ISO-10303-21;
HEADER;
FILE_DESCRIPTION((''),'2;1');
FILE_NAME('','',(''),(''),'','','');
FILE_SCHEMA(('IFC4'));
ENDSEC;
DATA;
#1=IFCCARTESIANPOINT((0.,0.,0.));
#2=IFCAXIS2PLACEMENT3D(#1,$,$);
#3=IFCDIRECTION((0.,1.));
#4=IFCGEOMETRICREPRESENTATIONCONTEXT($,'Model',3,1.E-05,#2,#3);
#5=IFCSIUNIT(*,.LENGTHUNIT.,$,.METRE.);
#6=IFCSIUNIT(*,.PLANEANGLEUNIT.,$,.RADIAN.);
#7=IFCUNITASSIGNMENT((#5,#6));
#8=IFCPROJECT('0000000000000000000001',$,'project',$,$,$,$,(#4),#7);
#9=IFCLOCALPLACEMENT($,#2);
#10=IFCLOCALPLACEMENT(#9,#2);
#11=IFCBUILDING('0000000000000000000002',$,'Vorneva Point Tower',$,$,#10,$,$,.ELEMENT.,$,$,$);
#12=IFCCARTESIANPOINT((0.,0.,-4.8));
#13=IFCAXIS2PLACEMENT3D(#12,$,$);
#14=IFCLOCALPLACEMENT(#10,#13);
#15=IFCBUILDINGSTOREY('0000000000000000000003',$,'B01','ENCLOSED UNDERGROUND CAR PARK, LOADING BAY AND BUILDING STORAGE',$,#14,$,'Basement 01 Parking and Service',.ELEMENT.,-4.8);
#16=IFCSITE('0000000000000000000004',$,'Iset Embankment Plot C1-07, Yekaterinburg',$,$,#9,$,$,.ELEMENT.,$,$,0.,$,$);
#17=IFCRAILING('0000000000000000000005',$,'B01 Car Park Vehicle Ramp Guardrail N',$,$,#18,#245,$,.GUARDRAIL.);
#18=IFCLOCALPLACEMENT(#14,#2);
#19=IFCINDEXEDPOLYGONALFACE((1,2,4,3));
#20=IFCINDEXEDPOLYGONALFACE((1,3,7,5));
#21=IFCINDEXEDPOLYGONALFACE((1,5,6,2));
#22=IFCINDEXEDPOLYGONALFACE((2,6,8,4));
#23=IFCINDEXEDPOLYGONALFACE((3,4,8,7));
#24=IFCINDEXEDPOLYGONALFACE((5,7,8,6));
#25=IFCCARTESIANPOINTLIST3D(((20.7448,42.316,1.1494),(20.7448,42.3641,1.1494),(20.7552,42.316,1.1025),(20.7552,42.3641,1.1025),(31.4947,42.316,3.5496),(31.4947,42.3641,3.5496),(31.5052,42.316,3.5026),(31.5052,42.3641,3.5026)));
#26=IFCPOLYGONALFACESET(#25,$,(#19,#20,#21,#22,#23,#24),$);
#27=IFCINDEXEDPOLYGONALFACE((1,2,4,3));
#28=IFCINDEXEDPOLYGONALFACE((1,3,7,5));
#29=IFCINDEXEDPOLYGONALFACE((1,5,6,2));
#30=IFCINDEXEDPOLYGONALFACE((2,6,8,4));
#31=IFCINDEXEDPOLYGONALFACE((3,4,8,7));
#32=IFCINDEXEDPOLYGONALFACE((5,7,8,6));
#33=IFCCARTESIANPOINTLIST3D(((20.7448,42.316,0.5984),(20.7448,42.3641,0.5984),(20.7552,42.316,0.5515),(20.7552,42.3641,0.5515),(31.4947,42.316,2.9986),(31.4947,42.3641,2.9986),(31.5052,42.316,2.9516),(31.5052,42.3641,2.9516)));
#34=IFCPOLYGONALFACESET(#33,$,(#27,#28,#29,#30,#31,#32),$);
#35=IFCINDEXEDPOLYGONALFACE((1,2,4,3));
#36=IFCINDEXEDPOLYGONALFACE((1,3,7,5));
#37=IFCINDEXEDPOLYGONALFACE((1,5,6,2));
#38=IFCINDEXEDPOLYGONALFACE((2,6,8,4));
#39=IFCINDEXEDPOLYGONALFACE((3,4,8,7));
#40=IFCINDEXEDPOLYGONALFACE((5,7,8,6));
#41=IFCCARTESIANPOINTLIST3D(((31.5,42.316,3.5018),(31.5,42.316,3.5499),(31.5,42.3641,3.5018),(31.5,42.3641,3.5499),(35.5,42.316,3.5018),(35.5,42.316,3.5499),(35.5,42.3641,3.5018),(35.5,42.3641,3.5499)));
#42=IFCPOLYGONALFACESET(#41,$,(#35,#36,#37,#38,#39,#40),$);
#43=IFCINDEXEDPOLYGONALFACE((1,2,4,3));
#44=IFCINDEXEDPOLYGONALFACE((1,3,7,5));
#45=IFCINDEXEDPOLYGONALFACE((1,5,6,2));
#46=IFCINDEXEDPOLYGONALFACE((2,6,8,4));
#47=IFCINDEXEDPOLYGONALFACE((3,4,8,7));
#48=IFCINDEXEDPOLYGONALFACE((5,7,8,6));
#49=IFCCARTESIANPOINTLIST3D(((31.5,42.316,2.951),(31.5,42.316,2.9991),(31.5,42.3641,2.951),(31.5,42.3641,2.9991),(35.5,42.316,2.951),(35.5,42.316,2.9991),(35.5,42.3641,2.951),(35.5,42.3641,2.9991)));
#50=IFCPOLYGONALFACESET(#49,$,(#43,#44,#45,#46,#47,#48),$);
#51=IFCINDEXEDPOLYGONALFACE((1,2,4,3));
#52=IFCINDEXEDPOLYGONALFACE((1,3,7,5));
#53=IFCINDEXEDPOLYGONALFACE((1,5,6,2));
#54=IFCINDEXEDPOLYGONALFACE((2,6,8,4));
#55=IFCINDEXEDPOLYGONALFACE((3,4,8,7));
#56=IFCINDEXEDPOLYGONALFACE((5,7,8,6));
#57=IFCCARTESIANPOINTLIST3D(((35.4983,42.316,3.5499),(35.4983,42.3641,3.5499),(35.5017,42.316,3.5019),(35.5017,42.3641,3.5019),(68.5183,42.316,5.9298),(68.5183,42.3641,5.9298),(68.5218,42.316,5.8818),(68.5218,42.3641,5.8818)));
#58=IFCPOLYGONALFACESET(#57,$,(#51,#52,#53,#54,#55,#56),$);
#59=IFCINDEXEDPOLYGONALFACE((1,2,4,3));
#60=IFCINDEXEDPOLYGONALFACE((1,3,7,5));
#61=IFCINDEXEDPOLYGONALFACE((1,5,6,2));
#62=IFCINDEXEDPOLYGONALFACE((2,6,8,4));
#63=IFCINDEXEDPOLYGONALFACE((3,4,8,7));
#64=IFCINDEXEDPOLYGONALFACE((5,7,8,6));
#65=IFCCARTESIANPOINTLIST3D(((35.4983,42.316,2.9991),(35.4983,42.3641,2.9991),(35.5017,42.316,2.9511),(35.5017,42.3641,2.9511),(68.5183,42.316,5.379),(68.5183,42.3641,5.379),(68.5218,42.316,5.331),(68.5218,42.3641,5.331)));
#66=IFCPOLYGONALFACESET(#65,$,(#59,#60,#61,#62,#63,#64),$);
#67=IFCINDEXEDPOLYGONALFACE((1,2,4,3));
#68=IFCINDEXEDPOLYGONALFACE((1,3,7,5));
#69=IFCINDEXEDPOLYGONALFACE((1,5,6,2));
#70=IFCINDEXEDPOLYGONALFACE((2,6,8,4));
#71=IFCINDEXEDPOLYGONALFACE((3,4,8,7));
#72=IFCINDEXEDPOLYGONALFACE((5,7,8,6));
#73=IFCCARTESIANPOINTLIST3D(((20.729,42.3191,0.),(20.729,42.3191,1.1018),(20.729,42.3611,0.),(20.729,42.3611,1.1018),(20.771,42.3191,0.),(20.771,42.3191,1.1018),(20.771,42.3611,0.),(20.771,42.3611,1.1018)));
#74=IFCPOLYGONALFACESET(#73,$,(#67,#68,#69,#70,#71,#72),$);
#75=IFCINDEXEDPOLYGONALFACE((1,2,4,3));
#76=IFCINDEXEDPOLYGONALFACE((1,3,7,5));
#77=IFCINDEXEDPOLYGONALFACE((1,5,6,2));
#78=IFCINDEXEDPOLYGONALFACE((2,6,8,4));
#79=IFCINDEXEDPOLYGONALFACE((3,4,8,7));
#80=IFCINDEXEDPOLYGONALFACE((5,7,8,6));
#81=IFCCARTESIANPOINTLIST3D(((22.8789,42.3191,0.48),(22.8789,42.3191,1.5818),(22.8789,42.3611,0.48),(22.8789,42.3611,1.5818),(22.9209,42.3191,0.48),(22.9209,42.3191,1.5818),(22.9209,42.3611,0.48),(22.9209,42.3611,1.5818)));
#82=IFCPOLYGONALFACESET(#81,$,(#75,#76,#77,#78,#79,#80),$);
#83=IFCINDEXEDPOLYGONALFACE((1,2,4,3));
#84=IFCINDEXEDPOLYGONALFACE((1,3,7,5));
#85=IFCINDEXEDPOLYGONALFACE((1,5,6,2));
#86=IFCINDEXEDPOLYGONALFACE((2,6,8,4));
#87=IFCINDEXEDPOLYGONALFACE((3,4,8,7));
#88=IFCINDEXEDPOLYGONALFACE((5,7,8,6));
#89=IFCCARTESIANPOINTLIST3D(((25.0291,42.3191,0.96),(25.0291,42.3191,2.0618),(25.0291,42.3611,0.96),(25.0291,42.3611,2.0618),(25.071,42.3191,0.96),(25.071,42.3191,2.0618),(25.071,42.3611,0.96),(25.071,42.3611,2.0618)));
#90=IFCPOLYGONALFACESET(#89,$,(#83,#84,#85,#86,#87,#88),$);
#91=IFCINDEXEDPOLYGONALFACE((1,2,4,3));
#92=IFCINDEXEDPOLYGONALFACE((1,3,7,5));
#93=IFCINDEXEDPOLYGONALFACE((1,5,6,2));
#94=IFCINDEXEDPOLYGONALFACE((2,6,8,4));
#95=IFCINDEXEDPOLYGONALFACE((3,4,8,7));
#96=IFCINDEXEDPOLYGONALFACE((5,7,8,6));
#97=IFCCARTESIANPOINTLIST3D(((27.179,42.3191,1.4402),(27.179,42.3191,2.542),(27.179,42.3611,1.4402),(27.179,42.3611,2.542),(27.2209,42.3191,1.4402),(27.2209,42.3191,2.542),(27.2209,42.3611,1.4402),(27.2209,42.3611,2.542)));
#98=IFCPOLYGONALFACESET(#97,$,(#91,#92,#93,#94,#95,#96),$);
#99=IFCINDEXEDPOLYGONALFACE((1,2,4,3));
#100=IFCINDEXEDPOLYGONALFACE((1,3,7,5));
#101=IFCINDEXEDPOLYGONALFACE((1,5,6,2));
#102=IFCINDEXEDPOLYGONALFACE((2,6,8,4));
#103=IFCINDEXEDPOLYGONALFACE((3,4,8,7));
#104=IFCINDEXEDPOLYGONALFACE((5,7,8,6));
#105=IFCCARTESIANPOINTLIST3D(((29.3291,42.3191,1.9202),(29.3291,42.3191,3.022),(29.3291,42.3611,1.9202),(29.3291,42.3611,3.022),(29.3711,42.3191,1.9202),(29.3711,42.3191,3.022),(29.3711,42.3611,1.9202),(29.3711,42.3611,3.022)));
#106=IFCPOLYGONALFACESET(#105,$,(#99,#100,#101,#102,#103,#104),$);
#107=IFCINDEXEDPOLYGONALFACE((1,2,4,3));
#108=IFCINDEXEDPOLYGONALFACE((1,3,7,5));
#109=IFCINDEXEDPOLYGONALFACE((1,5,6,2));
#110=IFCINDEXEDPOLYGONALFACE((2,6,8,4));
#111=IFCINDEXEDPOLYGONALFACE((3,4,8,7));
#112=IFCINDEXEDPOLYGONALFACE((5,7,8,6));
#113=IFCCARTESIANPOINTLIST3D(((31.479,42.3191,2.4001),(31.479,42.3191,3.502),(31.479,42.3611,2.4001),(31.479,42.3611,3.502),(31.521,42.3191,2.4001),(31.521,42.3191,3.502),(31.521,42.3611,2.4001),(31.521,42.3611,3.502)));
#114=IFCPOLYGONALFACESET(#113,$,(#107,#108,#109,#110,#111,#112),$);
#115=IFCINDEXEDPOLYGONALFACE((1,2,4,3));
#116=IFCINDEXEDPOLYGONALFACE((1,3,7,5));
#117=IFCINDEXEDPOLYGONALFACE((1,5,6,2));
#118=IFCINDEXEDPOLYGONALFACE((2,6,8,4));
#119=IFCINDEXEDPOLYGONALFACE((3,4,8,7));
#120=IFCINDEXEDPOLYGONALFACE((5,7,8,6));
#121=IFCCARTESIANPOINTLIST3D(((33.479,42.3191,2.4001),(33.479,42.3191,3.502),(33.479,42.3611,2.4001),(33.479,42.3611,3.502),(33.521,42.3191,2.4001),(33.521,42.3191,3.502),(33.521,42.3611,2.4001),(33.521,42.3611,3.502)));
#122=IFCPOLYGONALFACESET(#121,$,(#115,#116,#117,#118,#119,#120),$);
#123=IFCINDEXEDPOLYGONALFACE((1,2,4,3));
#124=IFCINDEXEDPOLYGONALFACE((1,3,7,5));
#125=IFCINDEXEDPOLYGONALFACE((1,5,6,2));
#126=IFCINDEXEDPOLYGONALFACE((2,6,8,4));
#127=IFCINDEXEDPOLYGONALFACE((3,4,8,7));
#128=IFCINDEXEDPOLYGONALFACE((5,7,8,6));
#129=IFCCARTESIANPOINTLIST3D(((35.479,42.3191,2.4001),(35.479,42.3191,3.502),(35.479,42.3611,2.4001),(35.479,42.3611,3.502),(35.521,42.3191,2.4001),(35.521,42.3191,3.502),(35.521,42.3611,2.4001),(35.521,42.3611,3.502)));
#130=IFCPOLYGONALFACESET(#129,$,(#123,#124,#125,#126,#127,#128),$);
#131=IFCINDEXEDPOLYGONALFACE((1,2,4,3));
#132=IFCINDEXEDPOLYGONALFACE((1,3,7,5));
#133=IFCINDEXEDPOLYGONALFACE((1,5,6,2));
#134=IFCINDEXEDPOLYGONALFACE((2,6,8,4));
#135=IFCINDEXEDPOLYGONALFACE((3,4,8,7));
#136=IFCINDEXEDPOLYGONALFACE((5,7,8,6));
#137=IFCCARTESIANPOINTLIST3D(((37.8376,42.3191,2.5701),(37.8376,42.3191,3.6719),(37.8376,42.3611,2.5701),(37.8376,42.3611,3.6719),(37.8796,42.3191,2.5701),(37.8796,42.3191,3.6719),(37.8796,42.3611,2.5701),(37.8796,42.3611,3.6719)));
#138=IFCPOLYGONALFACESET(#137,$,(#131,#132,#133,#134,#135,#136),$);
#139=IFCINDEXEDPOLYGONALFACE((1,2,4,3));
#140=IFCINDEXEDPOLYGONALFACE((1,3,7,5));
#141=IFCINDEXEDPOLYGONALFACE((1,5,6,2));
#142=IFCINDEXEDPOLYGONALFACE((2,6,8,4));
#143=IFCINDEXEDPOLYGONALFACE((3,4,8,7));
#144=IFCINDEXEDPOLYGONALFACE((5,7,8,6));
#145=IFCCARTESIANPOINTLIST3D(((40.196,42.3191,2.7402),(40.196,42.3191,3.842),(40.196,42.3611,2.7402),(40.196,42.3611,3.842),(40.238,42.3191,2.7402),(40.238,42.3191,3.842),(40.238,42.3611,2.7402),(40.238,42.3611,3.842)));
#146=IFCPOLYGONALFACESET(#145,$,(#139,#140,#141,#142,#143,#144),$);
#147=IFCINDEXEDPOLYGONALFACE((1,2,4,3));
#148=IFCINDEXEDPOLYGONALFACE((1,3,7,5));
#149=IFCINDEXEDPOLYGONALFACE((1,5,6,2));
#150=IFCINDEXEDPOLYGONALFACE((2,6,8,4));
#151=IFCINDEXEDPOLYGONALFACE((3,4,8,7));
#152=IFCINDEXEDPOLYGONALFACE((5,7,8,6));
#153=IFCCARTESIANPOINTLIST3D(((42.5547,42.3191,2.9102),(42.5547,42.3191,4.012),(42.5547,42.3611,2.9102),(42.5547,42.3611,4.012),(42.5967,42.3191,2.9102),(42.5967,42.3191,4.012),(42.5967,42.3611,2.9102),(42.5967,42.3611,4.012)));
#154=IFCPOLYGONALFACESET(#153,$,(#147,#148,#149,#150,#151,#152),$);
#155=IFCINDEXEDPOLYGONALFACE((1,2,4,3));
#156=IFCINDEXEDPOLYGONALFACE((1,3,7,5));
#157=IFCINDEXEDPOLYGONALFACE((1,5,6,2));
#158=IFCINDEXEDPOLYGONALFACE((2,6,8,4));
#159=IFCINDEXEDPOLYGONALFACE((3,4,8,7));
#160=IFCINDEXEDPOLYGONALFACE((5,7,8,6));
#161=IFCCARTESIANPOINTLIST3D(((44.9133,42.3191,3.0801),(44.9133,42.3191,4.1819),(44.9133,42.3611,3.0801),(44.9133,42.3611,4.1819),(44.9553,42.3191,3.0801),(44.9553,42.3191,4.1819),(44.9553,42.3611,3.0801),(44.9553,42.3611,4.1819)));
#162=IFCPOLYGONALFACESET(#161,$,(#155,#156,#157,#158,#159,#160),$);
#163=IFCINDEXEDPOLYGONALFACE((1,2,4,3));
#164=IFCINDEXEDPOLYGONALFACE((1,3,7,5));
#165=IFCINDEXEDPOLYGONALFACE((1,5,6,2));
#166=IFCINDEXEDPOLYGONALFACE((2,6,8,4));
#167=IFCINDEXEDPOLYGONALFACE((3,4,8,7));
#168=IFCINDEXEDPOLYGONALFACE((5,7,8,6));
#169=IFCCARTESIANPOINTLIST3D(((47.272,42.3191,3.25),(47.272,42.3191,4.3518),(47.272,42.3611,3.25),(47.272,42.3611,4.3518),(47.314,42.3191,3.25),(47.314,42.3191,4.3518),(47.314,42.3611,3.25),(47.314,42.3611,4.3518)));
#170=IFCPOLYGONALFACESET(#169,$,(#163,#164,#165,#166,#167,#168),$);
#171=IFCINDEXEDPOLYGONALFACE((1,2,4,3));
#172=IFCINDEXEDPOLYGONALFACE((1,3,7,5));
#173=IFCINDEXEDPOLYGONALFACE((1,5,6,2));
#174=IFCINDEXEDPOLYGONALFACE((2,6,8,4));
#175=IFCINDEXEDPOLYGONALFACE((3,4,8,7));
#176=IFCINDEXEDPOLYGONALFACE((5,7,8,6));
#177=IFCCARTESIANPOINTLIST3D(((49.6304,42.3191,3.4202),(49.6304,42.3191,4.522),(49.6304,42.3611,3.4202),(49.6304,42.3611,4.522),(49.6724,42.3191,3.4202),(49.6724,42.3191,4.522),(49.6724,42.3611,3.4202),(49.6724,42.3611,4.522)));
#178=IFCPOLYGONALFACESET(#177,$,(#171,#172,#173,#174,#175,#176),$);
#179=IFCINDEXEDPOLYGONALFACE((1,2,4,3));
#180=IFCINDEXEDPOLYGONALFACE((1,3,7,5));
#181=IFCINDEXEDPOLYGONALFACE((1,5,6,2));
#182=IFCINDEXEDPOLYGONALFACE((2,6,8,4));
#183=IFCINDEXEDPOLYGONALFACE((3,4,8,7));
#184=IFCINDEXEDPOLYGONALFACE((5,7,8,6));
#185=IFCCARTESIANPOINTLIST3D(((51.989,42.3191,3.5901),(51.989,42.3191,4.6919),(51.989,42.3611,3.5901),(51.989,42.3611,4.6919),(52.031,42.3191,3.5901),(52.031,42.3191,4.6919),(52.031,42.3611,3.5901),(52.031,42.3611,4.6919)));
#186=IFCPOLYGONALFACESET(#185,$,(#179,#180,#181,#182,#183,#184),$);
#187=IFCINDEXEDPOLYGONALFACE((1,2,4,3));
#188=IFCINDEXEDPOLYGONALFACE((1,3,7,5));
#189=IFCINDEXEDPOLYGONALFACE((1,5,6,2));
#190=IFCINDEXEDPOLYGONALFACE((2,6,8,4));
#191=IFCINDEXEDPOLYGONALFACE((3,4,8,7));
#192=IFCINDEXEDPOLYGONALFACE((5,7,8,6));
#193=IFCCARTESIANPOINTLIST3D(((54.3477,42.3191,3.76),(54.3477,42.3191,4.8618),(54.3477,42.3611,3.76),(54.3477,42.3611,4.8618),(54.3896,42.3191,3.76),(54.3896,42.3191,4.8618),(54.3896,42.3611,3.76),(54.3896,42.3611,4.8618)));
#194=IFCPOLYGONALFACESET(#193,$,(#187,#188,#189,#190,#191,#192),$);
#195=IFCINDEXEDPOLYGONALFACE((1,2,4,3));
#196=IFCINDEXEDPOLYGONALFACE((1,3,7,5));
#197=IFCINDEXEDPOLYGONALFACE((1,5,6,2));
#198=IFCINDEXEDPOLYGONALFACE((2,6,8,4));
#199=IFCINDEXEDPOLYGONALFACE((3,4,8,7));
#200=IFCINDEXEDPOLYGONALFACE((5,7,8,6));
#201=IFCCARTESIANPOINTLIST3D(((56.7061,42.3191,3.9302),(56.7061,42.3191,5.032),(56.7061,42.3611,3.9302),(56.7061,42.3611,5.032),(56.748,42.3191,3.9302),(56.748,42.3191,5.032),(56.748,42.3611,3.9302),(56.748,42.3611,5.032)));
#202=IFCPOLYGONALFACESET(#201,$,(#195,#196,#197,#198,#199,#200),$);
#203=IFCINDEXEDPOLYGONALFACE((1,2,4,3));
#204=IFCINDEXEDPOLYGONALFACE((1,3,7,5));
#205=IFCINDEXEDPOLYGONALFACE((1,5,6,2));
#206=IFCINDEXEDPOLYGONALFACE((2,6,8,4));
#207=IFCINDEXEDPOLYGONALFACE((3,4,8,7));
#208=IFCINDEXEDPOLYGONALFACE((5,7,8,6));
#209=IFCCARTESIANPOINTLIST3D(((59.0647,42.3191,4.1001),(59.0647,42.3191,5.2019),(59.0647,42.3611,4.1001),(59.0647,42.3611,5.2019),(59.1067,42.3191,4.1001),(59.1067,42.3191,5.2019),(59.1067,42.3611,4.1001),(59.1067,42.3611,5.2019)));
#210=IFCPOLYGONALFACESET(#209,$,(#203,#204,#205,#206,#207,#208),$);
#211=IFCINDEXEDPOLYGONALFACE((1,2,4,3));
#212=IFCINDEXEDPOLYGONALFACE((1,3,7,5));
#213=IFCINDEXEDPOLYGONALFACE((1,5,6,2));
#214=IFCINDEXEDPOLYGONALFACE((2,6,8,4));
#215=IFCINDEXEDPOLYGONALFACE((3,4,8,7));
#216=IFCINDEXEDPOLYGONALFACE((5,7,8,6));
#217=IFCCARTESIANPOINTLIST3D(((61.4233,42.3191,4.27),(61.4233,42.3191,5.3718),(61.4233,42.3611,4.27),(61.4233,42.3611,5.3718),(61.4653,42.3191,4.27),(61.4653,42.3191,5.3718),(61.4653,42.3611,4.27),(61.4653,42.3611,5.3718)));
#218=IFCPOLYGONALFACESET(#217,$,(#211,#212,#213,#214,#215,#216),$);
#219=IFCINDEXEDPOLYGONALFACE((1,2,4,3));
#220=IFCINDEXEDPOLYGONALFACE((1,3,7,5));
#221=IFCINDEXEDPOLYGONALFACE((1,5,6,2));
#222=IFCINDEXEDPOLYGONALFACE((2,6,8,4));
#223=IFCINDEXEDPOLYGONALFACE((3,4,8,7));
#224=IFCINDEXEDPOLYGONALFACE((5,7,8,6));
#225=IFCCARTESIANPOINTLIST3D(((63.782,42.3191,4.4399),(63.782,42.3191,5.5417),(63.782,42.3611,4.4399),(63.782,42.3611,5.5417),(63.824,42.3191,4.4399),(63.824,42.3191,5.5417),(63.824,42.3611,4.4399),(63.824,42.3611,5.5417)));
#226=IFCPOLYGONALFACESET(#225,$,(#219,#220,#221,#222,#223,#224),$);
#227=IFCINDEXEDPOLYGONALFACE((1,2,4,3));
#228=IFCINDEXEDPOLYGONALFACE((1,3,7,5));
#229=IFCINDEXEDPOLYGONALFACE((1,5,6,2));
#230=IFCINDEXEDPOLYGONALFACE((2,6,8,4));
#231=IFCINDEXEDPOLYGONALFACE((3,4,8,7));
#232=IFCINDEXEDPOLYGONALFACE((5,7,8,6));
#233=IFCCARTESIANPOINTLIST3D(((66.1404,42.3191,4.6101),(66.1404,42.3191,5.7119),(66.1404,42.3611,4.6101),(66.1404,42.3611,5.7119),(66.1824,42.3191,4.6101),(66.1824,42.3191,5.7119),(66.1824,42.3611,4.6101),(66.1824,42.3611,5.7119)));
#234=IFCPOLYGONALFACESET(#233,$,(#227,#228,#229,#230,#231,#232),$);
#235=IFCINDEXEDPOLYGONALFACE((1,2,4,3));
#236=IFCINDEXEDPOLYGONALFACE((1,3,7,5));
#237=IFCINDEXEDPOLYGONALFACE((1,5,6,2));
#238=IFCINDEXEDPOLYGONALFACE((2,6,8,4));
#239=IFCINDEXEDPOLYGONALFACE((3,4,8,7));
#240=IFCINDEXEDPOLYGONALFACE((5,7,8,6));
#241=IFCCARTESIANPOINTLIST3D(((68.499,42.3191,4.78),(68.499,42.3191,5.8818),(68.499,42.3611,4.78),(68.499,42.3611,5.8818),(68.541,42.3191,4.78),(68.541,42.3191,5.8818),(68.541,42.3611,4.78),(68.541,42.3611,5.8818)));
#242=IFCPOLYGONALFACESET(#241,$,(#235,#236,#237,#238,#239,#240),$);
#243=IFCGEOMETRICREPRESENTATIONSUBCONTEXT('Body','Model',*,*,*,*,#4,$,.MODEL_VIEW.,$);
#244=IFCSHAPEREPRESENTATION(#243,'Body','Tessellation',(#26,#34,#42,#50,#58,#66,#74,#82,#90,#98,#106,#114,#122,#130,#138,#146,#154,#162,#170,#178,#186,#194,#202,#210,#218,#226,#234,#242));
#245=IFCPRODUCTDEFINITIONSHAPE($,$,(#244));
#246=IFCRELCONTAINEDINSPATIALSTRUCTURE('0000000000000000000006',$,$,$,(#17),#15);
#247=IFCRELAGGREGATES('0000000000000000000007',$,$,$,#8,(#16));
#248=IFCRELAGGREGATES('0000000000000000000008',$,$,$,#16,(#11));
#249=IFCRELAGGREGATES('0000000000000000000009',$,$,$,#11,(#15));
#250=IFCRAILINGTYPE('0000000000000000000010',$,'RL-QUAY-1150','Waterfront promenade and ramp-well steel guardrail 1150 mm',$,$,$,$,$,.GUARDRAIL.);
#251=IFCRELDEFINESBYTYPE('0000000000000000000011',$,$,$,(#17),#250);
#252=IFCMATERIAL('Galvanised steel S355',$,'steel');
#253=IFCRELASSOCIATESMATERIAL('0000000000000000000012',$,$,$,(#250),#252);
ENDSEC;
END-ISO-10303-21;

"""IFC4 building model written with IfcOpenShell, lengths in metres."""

from ifc_helpers import new_model, si_unit, direction, frame, origin, origin_2d, place, context, subcontext, project, spatial, rectangle, extrude, material, type_object, element, save


model = new_model("IFC4")

# Units and contexts
model_context = context("Model", 3, precision=1e-05, world=origin(), true_north=direction((0.0, 1.0)))
body_context = subcontext(model_context, "Body", "Model", "MODEL_VIEW")
ifc_project = project(units=[si_unit("LENGTHUNIT", "METRE"), si_unit("PLANEANGLEUNIT", "RADIAN")], contexts=[model_context])

# Site, building, storey
site_placement = place(None, origin())
site = spatial("IfcSite", under=ifc_project, at=site_placement, Name="Iset Embankment Plot C1-07, Yekaterinburg", CompositionType="ELEMENT", RefElevation=0.0)
building_placement = place(site_placement, origin())
building = spatial("IfcBuilding", under=site, at=building_placement, Name="Vorneva Point Tower", CompositionType="ELEMENT")
storey_placement = place(building_placement, frame((0.0, 0.0, -4.8)))
storey = spatial("IfcBuildingStorey", under=building, at=storey_placement, Name="B01", Description="ENCLOSED UNDERGROUND CAR PARK, LOADING BAY AND BUILDING STORAGE", LongName="Basement 01 Parking and Service", CompositionType="ELEMENT", Elevation=-4.8)

# Railing
ifc_material_1 = material(Name="Galvanised steel S355", Category="steel")
railing_type = type_object("IfcRailingType", Name="RL-QUAY-1150", Description="Waterfront promenade and ramp-well steel guardrail 1150 mm", PredefinedType="GUARDRAIL", material=ifc_material_1)
railing_1_placement = place(storey_placement, frame((20.75, 42.3401, 0.0)))
element("IfcRailing", 1, at=railing_1_placement, inside=storey, type_object=railing_type, Name="B01 Car Park Vehicle Ramp Guardrail N", PredefinedType="GUARDRAIL", context=body_context, shape_type="SweptSolid", body=[
    extrude(rectangle(XDim=0.0481, YDim=0.0481, at=origin_2d()), frame((0.0, 0.0, 1.126), z_axis=(0.97597, 0.0, 0.217904), x_axis=(0.0, 1.0, 0.0)), (0.0, 0.0, 1.0), 11.0146),
    extrude(rectangle(XDim=0.0481, YDim=0.0481, at=origin_2d()), frame((0.0, 0.0, 0.575), z_axis=(0.97597, 0.0, 0.217904), x_axis=(0.0, 1.0, 0.0)), (0.0, 0.0, 1.0), 11.0146),
    extrude(rectangle(XDim=0.0481, YDim=0.0481, at=origin_2d()), frame((10.75, 0.0, 3.5259), z_axis=(1.0, 0.0, 0.0), x_axis=(0.0, 1.0, 0.0)), (0.0, 0.0, 1.0), 4.0),
    extrude(rectangle(XDim=0.0481, YDim=0.0481, at=origin_2d()), frame((10.75, 0.0, 2.9751), z_axis=(1.0, 0.0, 0.0), x_axis=(0.0, 1.0, 0.0)), (0.0, 0.0, 1.0), 4.0),
    extrude(rectangle(XDim=0.0481, YDim=0.0481, at=origin_2d()), frame((14.75, 0.0, 3.5259), z_axis=(0.997413, 0.0, 0.071887), x_axis=(0.0, 1.0, 0.0)), (0.0, 0.0, 1.0), 33.1057),
    extrude(rectangle(XDim=0.0481, YDim=0.0481, at=origin_2d()), frame((14.75, 0.0, 2.9751), z_axis=(0.997413, 0.0, 0.071887), x_axis=(0.0, 1.0, 0.0)), (0.0, 0.0, 1.0), 33.1057),
    extrude(rectangle(XDim=0.042, YDim=0.042, at=origin_2d()), origin(), (0.0, 0.0, 1.0), 1.1018),
    extrude(rectangle(XDim=0.042, YDim=0.042, at=origin_2d()), frame((2.1499, 0.0, 0.48)), (0.0, 0.0, 1.0), 1.1018),
    extrude(rectangle(XDim=0.042, YDim=0.042, at=origin_2d()), frame((4.3, 0.0, 0.96)), (0.0, 0.0, 1.0), 1.1018),
    extrude(rectangle(XDim=0.042, YDim=0.042, at=origin_2d()), frame((6.45, 0.0, 1.4402)), (0.0, 0.0, 1.0), 1.1018),
    extrude(rectangle(XDim=0.042, YDim=0.042, at=origin_2d()), frame((8.6001, 0.0, 1.9202)), (0.0, 0.0, 1.0), 1.1018),
    extrude(rectangle(XDim=0.042, YDim=0.042, at=origin_2d()), frame((10.75, 0.0, 2.4001)), (0.0, 0.0, 1.0), 1.1018),
    extrude(rectangle(XDim=0.042, YDim=0.042, at=origin_2d()), frame((12.75, 0.0, 2.4001)), (0.0, 0.0, 1.0), 1.1018),
    extrude(rectangle(XDim=0.042, YDim=0.042, at=origin_2d()), frame((14.75, 0.0, 2.4001)), (0.0, 0.0, 1.0), 1.1018),
    extrude(rectangle(XDim=0.042, YDim=0.042, at=origin_2d()), frame((17.1086, 0.0, 2.5701)), (0.0, 0.0, 1.0), 1.1018),
    extrude(rectangle(XDim=0.042, YDim=0.042, at=origin_2d()), frame((19.467, 0.0, 2.7402)), (0.0, 0.0, 1.0), 1.1018),
    extrude(rectangle(XDim=0.042, YDim=0.042, at=origin_2d()), frame((21.8257, 0.0, 2.9102)), (0.0, 0.0, 1.0), 1.1018),
    extrude(rectangle(XDim=0.042, YDim=0.042, at=origin_2d()), frame((24.1843, 0.0, 3.0801)), (0.0, 0.0, 1.0), 1.1018),
    extrude(rectangle(XDim=0.042, YDim=0.042, at=origin_2d()), frame((26.543, 0.0, 3.25)), (0.0, 0.0, 1.0), 1.1018),
    extrude(rectangle(XDim=0.042, YDim=0.042, at=origin_2d()), frame((28.9014, 0.0, 3.4202)), (0.0, 0.0, 1.0), 1.1018),
    extrude(rectangle(XDim=0.042, YDim=0.042, at=origin_2d()), frame((31.26, 0.0, 3.5901)), (0.0, 0.0, 1.0), 1.1018),
    extrude(rectangle(XDim=0.042, YDim=0.042, at=origin_2d()), frame((33.6187, 0.0, 3.76)), (0.0, 0.0, 1.0), 1.1018),
    extrude(rectangle(XDim=0.042, YDim=0.042, at=origin_2d()), frame((35.9771, 0.0, 3.9302)), (0.0, 0.0, 1.0), 1.1018),
    extrude(rectangle(XDim=0.042, YDim=0.042, at=origin_2d()), frame((38.3357, 0.0, 4.1001)), (0.0, 0.0, 1.0), 1.1018),
    extrude(rectangle(XDim=0.042, YDim=0.042, at=origin_2d()), frame((40.6943, 0.0, 4.27)), (0.0, 0.0, 1.0), 1.1018),
    extrude(rectangle(XDim=0.042, YDim=0.042, at=origin_2d()), frame((43.053, 0.0, 4.4399)), (0.0, 0.0, 1.0), 1.1018),
    extrude(rectangle(XDim=0.042, YDim=0.042, at=origin_2d()), frame((45.4114, 0.0, 4.6101)), (0.0, 0.0, 1.0), 1.1018),
    extrude(rectangle(XDim=0.042, YDim=0.042, at=origin_2d()), frame((47.77, 0.0, 4.78)), (0.0, 0.0, 1.0), 1.1018),
])

save(model, "model.ifc")
